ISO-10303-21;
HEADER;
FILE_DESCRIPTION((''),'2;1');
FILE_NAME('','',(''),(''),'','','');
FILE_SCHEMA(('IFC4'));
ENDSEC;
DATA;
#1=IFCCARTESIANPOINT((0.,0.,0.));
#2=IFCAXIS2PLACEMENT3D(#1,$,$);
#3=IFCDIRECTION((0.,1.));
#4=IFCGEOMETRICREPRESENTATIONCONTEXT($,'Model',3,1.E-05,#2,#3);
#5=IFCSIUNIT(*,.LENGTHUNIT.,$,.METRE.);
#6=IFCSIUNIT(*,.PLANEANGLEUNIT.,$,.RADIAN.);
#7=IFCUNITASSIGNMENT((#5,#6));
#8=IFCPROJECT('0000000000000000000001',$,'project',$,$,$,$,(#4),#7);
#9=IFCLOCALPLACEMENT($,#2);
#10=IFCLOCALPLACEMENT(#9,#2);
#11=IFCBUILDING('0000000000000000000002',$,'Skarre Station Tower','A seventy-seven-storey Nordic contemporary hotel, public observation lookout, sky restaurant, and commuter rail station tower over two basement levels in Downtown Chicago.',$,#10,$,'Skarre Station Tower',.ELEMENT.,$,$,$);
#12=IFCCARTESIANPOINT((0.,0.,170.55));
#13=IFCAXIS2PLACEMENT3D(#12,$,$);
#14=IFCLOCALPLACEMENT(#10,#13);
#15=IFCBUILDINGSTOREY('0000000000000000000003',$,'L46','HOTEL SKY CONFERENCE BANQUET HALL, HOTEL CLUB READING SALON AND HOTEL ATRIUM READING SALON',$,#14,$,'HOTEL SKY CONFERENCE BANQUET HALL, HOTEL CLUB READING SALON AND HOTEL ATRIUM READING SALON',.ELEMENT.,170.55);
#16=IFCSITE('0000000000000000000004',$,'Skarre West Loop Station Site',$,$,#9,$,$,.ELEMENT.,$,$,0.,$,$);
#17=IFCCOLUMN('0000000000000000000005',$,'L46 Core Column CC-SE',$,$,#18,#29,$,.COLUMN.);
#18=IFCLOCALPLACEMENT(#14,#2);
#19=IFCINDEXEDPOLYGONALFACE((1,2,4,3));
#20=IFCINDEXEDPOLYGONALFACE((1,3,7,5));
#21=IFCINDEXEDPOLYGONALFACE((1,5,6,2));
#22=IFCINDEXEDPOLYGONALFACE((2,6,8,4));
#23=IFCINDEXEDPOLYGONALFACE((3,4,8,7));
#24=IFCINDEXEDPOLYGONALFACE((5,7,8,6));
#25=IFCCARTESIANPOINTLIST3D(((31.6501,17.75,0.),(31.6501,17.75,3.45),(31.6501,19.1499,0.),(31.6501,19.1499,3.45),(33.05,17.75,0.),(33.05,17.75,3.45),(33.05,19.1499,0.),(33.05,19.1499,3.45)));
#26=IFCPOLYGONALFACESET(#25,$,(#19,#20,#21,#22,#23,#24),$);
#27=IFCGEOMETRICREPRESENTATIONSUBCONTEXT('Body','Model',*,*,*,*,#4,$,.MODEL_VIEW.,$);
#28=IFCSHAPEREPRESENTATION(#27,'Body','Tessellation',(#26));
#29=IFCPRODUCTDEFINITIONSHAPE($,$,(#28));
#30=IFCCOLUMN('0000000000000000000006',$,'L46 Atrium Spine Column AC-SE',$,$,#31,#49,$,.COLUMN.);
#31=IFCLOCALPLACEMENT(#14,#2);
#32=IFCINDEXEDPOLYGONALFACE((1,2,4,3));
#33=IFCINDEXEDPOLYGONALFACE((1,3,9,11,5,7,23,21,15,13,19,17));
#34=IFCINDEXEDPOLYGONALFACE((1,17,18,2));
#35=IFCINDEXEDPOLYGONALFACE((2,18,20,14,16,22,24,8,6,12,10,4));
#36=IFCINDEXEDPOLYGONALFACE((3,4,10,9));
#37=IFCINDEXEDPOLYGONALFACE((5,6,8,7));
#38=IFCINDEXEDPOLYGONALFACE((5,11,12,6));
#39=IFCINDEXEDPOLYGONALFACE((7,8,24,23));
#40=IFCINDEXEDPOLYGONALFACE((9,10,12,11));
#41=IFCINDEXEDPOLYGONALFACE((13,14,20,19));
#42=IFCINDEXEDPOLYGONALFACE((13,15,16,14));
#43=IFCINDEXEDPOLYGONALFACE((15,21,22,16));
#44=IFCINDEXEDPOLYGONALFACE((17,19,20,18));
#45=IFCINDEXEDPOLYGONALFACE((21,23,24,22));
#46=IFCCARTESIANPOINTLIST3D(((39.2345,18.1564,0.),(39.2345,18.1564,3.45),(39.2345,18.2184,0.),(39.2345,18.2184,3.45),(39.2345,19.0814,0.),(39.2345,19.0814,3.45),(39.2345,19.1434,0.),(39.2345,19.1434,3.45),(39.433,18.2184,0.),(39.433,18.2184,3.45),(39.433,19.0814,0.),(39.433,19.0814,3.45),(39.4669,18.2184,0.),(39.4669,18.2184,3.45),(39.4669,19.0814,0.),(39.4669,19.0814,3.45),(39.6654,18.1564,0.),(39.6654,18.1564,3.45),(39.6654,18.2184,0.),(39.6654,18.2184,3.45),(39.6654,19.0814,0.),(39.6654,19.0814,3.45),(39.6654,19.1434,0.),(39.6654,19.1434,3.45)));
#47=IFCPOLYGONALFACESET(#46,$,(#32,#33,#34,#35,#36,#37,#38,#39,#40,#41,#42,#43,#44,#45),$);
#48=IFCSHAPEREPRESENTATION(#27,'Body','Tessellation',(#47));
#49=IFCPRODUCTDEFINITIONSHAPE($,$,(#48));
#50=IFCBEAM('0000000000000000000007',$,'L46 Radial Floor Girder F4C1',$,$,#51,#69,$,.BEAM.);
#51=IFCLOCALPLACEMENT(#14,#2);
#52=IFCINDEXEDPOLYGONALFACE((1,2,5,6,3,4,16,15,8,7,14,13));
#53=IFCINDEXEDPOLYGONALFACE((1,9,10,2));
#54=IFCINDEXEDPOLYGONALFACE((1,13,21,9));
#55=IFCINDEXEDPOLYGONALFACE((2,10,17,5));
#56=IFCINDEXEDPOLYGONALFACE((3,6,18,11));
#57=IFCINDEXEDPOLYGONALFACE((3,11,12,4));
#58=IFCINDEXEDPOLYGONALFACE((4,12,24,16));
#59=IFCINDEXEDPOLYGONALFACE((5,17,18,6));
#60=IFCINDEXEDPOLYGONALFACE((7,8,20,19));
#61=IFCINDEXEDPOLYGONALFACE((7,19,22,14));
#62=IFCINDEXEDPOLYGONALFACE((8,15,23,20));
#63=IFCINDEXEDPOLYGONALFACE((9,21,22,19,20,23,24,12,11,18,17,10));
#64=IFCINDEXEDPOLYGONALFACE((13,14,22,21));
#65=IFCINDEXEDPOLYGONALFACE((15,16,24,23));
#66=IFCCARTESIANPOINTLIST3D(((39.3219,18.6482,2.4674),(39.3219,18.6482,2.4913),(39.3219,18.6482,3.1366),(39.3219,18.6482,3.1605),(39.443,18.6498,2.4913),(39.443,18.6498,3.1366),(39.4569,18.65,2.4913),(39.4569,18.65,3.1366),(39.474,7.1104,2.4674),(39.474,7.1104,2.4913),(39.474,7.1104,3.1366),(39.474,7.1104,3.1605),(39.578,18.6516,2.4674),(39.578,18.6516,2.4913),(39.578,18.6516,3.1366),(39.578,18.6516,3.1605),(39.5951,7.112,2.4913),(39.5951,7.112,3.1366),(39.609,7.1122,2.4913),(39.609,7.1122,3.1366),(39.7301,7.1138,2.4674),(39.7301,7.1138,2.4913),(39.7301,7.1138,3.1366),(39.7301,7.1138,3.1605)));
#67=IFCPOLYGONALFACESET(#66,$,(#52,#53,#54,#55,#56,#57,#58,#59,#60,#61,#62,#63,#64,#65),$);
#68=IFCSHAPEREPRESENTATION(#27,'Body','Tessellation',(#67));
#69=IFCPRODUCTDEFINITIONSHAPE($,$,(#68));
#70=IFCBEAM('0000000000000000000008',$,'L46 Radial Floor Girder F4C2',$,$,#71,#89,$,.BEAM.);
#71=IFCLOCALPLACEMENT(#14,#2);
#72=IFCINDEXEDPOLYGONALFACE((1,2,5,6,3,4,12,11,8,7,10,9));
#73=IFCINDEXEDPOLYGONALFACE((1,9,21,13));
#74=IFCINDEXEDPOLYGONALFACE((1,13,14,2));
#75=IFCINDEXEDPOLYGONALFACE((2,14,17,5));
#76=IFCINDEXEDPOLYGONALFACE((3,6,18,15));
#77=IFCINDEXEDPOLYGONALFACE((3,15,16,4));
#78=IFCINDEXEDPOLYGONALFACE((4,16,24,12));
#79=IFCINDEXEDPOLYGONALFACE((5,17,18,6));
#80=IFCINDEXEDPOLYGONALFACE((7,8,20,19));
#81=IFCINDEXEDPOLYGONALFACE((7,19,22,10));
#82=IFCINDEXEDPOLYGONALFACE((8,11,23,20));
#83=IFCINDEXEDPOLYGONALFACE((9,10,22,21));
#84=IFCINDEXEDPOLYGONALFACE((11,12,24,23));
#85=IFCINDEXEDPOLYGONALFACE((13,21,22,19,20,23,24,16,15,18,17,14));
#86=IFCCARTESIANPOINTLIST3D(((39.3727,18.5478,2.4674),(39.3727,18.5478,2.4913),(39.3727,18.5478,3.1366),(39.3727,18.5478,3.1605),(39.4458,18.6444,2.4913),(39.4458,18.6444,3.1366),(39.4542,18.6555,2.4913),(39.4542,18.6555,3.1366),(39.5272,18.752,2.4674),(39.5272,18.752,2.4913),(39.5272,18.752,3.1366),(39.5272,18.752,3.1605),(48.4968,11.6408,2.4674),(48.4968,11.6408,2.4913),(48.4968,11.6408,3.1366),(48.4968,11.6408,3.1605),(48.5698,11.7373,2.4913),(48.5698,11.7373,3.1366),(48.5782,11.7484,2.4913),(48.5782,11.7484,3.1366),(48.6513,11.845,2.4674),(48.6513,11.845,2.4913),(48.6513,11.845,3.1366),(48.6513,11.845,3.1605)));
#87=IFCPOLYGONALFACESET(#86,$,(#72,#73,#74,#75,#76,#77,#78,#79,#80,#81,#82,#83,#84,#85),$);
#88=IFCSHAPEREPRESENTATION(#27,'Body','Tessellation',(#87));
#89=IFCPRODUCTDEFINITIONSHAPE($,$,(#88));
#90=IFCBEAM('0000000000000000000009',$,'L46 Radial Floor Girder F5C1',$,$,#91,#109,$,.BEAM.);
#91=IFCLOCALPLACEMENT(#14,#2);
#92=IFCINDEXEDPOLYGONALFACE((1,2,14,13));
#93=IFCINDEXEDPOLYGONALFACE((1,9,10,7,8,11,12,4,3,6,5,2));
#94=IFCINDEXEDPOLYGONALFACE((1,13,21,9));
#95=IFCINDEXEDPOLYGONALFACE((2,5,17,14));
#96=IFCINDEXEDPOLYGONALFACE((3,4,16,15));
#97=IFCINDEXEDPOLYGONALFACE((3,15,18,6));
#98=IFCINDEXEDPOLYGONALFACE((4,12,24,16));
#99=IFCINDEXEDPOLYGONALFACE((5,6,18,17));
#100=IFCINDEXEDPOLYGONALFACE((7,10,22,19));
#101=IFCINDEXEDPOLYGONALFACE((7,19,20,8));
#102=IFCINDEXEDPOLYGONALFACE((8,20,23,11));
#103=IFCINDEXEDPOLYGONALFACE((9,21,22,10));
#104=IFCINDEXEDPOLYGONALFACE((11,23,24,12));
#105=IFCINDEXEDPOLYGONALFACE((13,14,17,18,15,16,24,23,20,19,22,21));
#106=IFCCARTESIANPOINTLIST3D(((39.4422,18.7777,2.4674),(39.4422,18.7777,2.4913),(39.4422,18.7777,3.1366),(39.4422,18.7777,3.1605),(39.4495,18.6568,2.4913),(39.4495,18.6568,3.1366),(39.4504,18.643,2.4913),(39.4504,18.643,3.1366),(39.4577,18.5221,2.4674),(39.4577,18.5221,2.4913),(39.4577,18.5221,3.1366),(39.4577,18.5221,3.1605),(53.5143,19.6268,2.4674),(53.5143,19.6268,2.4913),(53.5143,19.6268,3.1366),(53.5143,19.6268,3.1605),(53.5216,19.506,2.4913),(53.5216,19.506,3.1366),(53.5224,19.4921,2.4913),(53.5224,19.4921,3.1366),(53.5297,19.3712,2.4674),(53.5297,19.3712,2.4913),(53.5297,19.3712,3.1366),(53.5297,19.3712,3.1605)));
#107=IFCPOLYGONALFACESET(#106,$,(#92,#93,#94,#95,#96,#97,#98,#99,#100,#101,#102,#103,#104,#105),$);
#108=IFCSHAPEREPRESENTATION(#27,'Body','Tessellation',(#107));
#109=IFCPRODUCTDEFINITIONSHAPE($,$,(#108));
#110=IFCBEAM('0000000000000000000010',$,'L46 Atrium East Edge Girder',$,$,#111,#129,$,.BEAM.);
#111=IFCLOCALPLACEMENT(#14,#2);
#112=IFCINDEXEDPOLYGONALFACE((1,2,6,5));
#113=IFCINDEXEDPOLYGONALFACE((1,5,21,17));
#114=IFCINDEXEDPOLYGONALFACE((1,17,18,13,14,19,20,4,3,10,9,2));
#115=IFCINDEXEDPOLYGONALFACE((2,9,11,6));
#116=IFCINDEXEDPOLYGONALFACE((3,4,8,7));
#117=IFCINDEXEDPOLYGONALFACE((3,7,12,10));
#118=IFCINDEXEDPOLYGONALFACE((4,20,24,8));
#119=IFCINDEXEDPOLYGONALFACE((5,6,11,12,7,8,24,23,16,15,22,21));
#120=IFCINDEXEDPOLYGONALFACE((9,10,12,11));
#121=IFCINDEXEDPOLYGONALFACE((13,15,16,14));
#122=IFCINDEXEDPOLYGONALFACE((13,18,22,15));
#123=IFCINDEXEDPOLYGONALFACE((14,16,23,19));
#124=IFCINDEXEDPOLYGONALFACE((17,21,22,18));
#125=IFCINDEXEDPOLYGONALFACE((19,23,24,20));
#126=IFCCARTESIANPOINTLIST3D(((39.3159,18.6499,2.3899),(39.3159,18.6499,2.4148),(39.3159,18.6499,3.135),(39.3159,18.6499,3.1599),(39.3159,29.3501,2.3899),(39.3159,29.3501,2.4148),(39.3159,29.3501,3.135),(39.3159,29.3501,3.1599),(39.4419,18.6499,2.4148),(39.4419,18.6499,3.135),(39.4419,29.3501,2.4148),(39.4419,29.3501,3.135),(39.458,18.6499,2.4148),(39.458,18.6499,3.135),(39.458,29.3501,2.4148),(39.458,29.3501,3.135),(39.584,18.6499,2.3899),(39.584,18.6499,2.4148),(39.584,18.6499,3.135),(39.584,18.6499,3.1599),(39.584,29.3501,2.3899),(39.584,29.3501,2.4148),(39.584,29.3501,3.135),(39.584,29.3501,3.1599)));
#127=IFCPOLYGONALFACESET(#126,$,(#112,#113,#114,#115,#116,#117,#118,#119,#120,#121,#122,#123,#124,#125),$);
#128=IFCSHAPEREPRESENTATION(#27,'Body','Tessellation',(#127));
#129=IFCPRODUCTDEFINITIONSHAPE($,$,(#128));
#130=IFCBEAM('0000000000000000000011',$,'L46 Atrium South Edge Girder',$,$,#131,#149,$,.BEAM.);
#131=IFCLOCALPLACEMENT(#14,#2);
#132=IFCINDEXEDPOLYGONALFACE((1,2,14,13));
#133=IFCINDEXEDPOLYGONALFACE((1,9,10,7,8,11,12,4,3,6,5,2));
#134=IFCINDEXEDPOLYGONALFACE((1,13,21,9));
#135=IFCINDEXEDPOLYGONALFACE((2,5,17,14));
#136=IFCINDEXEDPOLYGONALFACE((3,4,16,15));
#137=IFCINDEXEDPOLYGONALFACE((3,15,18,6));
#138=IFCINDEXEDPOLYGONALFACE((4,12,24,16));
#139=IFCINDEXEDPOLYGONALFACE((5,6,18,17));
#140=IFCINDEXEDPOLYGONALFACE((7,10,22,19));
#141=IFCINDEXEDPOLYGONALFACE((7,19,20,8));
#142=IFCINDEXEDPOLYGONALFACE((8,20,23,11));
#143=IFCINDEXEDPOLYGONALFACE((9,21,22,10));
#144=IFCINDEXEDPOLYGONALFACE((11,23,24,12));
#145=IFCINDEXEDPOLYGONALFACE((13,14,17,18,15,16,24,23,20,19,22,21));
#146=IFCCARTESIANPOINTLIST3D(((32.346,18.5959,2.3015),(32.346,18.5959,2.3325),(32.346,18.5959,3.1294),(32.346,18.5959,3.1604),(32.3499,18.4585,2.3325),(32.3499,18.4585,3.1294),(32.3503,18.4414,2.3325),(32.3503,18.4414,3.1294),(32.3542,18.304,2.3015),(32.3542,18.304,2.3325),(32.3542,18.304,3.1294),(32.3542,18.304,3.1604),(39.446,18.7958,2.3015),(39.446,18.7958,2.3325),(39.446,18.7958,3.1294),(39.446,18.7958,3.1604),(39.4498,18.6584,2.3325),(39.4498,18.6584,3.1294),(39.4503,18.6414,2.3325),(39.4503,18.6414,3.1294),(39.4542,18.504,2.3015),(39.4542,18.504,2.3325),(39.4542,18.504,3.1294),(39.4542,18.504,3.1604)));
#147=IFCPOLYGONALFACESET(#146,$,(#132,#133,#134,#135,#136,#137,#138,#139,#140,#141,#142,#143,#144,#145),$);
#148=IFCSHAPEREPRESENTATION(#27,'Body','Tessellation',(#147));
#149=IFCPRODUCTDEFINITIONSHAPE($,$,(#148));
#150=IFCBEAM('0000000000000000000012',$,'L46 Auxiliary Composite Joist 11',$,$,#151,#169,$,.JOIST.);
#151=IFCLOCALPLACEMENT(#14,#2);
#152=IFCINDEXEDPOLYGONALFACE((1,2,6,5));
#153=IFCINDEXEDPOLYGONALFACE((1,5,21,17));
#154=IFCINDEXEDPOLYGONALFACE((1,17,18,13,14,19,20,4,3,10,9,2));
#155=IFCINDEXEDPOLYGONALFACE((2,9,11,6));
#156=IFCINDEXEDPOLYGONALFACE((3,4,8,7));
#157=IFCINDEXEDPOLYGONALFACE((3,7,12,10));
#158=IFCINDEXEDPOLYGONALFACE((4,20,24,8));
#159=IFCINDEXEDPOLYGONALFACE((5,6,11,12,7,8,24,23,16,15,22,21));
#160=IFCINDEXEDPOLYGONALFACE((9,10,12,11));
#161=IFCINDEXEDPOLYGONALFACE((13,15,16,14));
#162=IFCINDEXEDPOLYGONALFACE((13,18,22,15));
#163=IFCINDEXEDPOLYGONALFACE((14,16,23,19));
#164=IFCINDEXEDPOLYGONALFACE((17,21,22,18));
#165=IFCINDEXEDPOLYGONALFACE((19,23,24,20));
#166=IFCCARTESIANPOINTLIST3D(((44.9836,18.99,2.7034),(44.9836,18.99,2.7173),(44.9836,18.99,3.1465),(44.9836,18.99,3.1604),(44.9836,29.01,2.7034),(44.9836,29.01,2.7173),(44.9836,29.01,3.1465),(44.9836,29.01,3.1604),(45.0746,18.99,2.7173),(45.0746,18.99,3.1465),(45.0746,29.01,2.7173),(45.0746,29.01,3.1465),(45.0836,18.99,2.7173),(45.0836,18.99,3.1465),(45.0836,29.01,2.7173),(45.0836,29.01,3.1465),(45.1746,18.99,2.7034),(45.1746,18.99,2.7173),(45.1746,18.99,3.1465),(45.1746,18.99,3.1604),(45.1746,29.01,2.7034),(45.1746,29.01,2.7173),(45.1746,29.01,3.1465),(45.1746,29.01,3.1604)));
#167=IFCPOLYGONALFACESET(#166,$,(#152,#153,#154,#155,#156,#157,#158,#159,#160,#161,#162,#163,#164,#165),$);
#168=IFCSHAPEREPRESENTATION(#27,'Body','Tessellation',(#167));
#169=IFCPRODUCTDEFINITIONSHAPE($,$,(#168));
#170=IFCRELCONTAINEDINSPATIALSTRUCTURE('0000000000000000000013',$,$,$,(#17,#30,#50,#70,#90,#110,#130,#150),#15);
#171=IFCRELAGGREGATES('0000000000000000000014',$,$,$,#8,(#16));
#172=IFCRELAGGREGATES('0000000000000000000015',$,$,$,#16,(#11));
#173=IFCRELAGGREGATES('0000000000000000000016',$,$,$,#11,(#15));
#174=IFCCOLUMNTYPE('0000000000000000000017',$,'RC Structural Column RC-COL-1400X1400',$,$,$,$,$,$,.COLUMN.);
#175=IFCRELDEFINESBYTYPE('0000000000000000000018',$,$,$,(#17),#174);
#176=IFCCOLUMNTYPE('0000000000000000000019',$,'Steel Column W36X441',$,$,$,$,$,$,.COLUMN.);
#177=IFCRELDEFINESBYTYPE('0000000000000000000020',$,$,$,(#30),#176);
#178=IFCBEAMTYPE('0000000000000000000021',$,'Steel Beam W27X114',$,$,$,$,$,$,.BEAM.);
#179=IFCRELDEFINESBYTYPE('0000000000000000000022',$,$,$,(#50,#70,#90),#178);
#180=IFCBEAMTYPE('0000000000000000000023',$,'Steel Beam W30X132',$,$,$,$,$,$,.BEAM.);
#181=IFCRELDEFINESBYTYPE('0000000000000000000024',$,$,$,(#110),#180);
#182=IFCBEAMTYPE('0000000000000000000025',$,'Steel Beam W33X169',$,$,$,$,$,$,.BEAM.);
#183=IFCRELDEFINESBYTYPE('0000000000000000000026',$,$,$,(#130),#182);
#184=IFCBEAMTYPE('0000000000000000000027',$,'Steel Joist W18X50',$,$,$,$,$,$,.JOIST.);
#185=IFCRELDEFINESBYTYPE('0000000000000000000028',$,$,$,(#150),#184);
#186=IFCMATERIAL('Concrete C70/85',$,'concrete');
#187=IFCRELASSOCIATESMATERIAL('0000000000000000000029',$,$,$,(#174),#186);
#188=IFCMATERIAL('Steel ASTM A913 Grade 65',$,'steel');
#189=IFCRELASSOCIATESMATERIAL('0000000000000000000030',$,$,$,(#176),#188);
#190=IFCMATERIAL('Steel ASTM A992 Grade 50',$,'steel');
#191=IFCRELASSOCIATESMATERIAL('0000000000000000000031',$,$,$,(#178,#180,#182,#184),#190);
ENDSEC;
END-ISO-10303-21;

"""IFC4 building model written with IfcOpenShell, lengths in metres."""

from ifc_helpers import new_model, si_unit, direction, frame, origin, origin_2d, place, context, subcontext, project, spatial, rectangle, i_section, extrude, material, material_profile, profile_set, type_object, element, save


model = new_model("IFC4")

# Units and contexts
model_context = context("Model", 3, precision=1e-05, world=origin(), true_north=direction((0.0, 1.0)))
body_context = subcontext(model_context, "Body", "Model", "MODEL_VIEW")
ifc_project = project(units=[si_unit("LENGTHUNIT", "METRE"), si_unit("PLANEANGLEUNIT", "RADIAN")], contexts=[model_context])

# Site, building, storey
site_placement = place(None, origin())
site = spatial("IfcSite", under=ifc_project, at=site_placement, Name="Skarre West Loop Station Site", CompositionType="ELEMENT", RefElevation=0.0)
building_placement = place(site_placement, origin())
building = spatial("IfcBuilding", under=site, at=building_placement, Name="Skarre Station Tower", Description="A seventy-seven-storey Nordic contemporary hotel, public observation lookout, sky restaurant, and commuter rail station tower over two basement levels in Downtown Chicago.", LongName="Skarre Station Tower", CompositionType="ELEMENT")
storey_placement = place(building_placement, frame((0.0, 0.0, 170.55)))
storey = spatial("IfcBuildingStorey", under=building, at=storey_placement, Name="L46", Description="HOTEL SKY CONFERENCE BANQUET HALL, HOTEL CLUB READING SALON AND HOTEL ATRIUM READING SALON", LongName="HOTEL SKY CONFERENCE BANQUET HALL, HOTEL CLUB READING SALON AND HOTEL ATRIUM READING SALON", CompositionType="ELEMENT", Elevation=170.55)

# Columns
ifc_material_1 = material(Name="Concrete C70/85", Category="concrete")
ifc_material_profile_1 = material_profile(ifc_material_1, rectangle(XDim=1.3999, YDim=1.3999, at=origin_2d()), Name="Concrete C70/85")
ifc_profile_set_1 = profile_set([ifc_material_profile_1], Name="Concrete C70/85")
column_type_1 = type_object("IfcColumnType", Name="RC Structural Column RC-COL-1400X1400", PredefinedType="COLUMN", material=ifc_profile_set_1)
column_1_placement = place(storey_placement, frame((32.3501, 18.45, 0.0), z_axis=(0.0, 0.0, 1.0), x_axis=(1.0, 0.0, 0.0)))
element("IfcColumn", 1, at=column_1_placement, inside=storey, type_object=column_type_1, Name="L46 Core Column CC-SE", PredefinedType="COLUMN", context=body_context, shape_type="SweptSolid", body=[
    extrude(rectangle(XDim=1.3999, YDim=1.3999, at=origin_2d()), origin(), (0.0, 0.0, 1.0), 3.45),
])
ifc_material_2 = material(Name="Steel ASTM A913 Grade 65", Category="steel")
ifc_material_profile_2 = material_profile(ifc_material_2, i_section(OverallWidth=0.4309, OverallDepth=0.9871, WebThickness=0.0339, FlangeThickness=0.062, at=origin_2d()), Name="Steel ASTM A913 Grade 65")
ifc_profile_set_2 = profile_set([ifc_material_profile_2], Name="Steel ASTM A913 Grade 65")
column_type_2 = type_object("IfcColumnType", Name="Steel Column W36X441", PredefinedType="COLUMN", material=ifc_profile_set_2)
column_2_placement = place(storey_placement, frame((39.45, 18.6499, 0.0), z_axis=(0.0, 0.0, 1.0), x_axis=(1.0, 0.0, 0.0)))
element("IfcColumn", 2, at=column_2_placement, inside=storey, type_object=column_type_2, Name="L46 Atrium Spine Column AC-SE", PredefinedType="COLUMN", context=body_context, shape_type="SweptSolid", body=[
    extrude(i_section(OverallWidth=0.4309, OverallDepth=0.9871, WebThickness=0.0339, FlangeThickness=0.062, at=origin_2d()), origin(), (0.0, 0.0, 1.0), 3.45),
])

# Beams
ifc_material_3 = material(Name="Steel ASTM A992 Grade 50", Category="steel")
ifc_material_profile_3 = material_profile(ifc_material_3, i_section(OverallWidth=0.2561, OverallDepth=0.6931, WebThickness=0.0139, FlangeThickness=0.0239, at=origin_2d()), Name="Steel ASTM A992 Grade 50")
ifc_profile_set_3 = profile_set([ifc_material_profile_3], Name="Steel ASTM A992 Grade 50")
beam_type_1 = type_object("IfcBeamType", Name="Steel Beam W27X114", PredefinedType="BEAM", material=ifc_profile_set_3)
beam_1_placement = place(storey_placement, frame((39.45, 18.6499, 2.814), z_axis=(0.013182, -0.999913, 0.0), x_axis=(0.999913, 0.013182, 0.0)))
element("IfcBeam", 3, at=beam_1_placement, inside=storey, type_object=beam_type_1, Name="L46 Radial Floor Girder F4C1", PredefinedType="BEAM", context=body_context, shape_type="SweptSolid", body=[
    extrude(i_section(OverallWidth=0.2561, OverallDepth=0.6931, WebThickness=0.0139, FlangeThickness=0.0239, at=origin_2d()), origin(), (0.0, 0.0, 1.0), 11.5388),
])
beam_2_placement = place(storey_placement, frame((39.45, 18.6499, 2.814), z_axis=(0.797309, -0.603571, 0.0), x_axis=(0.603571, 0.797309, 0.0)))
element("IfcBeam", 4, at=beam_2_placement, inside=storey, type_object=beam_type_1, Name="L46 Radial Floor Girder F4C2", PredefinedType="BEAM", context=body_context, shape_type="SweptSolid", body=[
    extrude(i_section(OverallWidth=0.2561, OverallDepth=0.6931, WebThickness=0.0139, FlangeThickness=0.0239, at=origin_2d()), origin(), (0.0, 0.0, 1.0), 11.4436),
])
beam_3_placement = place(storey_placement, frame((39.45, 18.6499, 2.814), z_axis=(0.998184, 0.060232, 0.0), x_axis=(-0.060232, 0.998184, 0.0)))
element("IfcBeam", 5, at=beam_3_placement, inside=storey, type_object=beam_type_1, Name="L46 Radial Floor Girder F5C1", PredefinedType="BEAM", context=body_context, shape_type="SweptSolid", body=[
    extrude(i_section(OverallWidth=0.2561, OverallDepth=0.6931, WebThickness=0.0139, FlangeThickness=0.0239, at=origin_2d()), origin(), (0.0, 0.0, 1.0), 14.0977),
])
ifc_material_profile_4 = material_profile(ifc_material_3, i_section(OverallWidth=0.2681, OverallDepth=0.77, WebThickness=0.0161, FlangeThickness=0.0249, at=origin_2d()), Name="Steel ASTM A992 Grade 50")
ifc_profile_set_4 = profile_set([ifc_material_profile_4], Name="Steel ASTM A992 Grade 50")
beam_type_2 = type_object("IfcBeamType", Name="Steel Beam W30X132", PredefinedType="BEAM", material=ifc_profile_set_4)
beam_4_placement = place(storey_placement, frame((39.45, 18.6499, 2.7749), z_axis=(0.0, 1.0, 0.0), x_axis=(-1.0, 0.0, 0.0)))
element("IfcBeam", 6, at=beam_4_placement, inside=storey, type_object=beam_type_2, Name="L46 Atrium East Edge Girder", PredefinedType="BEAM", context=body_context, shape_type="SweptSolid", body=[
    extrude(i_section(OverallWidth=0.2681, OverallDepth=0.77, WebThickness=0.0161, FlangeThickness=0.0249, at=origin_2d()), origin(), (0.0, 0.0, 1.0), 10.7002),
])
ifc_material_profile_5 = material_profile(ifc_material_3, i_section(OverallWidth=0.292, OverallDepth=0.8589, WebThickness=0.0171, FlangeThickness=0.031, at=origin_2d()), Name="Steel ASTM A992 Grade 50")
ifc_profile_set_5 = profile_set([ifc_material_profile_5], Name="Steel ASTM A992 Grade 50")
beam_type_3 = type_object("IfcBeamType", Name="Steel Beam W33X169", PredefinedType="BEAM", material=ifc_profile_set_5)
beam_5_placement = place(storey_placement, frame((32.3501, 18.45, 2.731), z_axis=(0.999604, 0.028152, 0.0), x_axis=(-0.028152, 0.999604, 0.0)))
element("IfcBeam", 7, at=beam_5_placement, inside=storey, type_object=beam_type_3, Name="L46 Atrium South Edge Girder", PredefinedType="BEAM", context=body_context, shape_type="SweptSolid", body=[
    extrude(i_section(OverallWidth=0.292, OverallDepth=0.8589, WebThickness=0.0171, FlangeThickness=0.031, at=origin_2d()), origin(), (0.0, 0.0, 1.0), 7.1028),
])
ifc_material_profile_6 = material_profile(ifc_material_3, i_section(OverallWidth=0.1909, OverallDepth=0.457, WebThickness=0.009, FlangeThickness=0.0139, at=origin_2d()), Name="Steel ASTM A992 Grade 50")
ifc_profile_set_6 = profile_set([ifc_material_profile_6], Name="Steel ASTM A992 Grade 50")
beam_type_4 = type_object("IfcBeamType", Name="Steel Joist W18X50", PredefinedType="JOIST", material=ifc_profile_set_6)
beam_6_placement = place(storey_placement, frame((45.0791, 18.99, 2.9319), z_axis=(0.0, 1.0, 0.0), x_axis=(-1.0, 0.0, 0.0)))
element("IfcBeam", 8, at=beam_6_placement, inside=storey, type_object=beam_type_4, Name="L46 Auxiliary Composite Joist 11", PredefinedType="JOIST", context=body_context, shape_type="SweptSolid", body=[
    extrude(i_section(OverallWidth=0.1909, OverallDepth=0.457, WebThickness=0.009, FlangeThickness=0.0139, at=origin_2d()), origin(), (0.0, 0.0, 1.0), 10.02),
])

save(model, "model.ifc")
